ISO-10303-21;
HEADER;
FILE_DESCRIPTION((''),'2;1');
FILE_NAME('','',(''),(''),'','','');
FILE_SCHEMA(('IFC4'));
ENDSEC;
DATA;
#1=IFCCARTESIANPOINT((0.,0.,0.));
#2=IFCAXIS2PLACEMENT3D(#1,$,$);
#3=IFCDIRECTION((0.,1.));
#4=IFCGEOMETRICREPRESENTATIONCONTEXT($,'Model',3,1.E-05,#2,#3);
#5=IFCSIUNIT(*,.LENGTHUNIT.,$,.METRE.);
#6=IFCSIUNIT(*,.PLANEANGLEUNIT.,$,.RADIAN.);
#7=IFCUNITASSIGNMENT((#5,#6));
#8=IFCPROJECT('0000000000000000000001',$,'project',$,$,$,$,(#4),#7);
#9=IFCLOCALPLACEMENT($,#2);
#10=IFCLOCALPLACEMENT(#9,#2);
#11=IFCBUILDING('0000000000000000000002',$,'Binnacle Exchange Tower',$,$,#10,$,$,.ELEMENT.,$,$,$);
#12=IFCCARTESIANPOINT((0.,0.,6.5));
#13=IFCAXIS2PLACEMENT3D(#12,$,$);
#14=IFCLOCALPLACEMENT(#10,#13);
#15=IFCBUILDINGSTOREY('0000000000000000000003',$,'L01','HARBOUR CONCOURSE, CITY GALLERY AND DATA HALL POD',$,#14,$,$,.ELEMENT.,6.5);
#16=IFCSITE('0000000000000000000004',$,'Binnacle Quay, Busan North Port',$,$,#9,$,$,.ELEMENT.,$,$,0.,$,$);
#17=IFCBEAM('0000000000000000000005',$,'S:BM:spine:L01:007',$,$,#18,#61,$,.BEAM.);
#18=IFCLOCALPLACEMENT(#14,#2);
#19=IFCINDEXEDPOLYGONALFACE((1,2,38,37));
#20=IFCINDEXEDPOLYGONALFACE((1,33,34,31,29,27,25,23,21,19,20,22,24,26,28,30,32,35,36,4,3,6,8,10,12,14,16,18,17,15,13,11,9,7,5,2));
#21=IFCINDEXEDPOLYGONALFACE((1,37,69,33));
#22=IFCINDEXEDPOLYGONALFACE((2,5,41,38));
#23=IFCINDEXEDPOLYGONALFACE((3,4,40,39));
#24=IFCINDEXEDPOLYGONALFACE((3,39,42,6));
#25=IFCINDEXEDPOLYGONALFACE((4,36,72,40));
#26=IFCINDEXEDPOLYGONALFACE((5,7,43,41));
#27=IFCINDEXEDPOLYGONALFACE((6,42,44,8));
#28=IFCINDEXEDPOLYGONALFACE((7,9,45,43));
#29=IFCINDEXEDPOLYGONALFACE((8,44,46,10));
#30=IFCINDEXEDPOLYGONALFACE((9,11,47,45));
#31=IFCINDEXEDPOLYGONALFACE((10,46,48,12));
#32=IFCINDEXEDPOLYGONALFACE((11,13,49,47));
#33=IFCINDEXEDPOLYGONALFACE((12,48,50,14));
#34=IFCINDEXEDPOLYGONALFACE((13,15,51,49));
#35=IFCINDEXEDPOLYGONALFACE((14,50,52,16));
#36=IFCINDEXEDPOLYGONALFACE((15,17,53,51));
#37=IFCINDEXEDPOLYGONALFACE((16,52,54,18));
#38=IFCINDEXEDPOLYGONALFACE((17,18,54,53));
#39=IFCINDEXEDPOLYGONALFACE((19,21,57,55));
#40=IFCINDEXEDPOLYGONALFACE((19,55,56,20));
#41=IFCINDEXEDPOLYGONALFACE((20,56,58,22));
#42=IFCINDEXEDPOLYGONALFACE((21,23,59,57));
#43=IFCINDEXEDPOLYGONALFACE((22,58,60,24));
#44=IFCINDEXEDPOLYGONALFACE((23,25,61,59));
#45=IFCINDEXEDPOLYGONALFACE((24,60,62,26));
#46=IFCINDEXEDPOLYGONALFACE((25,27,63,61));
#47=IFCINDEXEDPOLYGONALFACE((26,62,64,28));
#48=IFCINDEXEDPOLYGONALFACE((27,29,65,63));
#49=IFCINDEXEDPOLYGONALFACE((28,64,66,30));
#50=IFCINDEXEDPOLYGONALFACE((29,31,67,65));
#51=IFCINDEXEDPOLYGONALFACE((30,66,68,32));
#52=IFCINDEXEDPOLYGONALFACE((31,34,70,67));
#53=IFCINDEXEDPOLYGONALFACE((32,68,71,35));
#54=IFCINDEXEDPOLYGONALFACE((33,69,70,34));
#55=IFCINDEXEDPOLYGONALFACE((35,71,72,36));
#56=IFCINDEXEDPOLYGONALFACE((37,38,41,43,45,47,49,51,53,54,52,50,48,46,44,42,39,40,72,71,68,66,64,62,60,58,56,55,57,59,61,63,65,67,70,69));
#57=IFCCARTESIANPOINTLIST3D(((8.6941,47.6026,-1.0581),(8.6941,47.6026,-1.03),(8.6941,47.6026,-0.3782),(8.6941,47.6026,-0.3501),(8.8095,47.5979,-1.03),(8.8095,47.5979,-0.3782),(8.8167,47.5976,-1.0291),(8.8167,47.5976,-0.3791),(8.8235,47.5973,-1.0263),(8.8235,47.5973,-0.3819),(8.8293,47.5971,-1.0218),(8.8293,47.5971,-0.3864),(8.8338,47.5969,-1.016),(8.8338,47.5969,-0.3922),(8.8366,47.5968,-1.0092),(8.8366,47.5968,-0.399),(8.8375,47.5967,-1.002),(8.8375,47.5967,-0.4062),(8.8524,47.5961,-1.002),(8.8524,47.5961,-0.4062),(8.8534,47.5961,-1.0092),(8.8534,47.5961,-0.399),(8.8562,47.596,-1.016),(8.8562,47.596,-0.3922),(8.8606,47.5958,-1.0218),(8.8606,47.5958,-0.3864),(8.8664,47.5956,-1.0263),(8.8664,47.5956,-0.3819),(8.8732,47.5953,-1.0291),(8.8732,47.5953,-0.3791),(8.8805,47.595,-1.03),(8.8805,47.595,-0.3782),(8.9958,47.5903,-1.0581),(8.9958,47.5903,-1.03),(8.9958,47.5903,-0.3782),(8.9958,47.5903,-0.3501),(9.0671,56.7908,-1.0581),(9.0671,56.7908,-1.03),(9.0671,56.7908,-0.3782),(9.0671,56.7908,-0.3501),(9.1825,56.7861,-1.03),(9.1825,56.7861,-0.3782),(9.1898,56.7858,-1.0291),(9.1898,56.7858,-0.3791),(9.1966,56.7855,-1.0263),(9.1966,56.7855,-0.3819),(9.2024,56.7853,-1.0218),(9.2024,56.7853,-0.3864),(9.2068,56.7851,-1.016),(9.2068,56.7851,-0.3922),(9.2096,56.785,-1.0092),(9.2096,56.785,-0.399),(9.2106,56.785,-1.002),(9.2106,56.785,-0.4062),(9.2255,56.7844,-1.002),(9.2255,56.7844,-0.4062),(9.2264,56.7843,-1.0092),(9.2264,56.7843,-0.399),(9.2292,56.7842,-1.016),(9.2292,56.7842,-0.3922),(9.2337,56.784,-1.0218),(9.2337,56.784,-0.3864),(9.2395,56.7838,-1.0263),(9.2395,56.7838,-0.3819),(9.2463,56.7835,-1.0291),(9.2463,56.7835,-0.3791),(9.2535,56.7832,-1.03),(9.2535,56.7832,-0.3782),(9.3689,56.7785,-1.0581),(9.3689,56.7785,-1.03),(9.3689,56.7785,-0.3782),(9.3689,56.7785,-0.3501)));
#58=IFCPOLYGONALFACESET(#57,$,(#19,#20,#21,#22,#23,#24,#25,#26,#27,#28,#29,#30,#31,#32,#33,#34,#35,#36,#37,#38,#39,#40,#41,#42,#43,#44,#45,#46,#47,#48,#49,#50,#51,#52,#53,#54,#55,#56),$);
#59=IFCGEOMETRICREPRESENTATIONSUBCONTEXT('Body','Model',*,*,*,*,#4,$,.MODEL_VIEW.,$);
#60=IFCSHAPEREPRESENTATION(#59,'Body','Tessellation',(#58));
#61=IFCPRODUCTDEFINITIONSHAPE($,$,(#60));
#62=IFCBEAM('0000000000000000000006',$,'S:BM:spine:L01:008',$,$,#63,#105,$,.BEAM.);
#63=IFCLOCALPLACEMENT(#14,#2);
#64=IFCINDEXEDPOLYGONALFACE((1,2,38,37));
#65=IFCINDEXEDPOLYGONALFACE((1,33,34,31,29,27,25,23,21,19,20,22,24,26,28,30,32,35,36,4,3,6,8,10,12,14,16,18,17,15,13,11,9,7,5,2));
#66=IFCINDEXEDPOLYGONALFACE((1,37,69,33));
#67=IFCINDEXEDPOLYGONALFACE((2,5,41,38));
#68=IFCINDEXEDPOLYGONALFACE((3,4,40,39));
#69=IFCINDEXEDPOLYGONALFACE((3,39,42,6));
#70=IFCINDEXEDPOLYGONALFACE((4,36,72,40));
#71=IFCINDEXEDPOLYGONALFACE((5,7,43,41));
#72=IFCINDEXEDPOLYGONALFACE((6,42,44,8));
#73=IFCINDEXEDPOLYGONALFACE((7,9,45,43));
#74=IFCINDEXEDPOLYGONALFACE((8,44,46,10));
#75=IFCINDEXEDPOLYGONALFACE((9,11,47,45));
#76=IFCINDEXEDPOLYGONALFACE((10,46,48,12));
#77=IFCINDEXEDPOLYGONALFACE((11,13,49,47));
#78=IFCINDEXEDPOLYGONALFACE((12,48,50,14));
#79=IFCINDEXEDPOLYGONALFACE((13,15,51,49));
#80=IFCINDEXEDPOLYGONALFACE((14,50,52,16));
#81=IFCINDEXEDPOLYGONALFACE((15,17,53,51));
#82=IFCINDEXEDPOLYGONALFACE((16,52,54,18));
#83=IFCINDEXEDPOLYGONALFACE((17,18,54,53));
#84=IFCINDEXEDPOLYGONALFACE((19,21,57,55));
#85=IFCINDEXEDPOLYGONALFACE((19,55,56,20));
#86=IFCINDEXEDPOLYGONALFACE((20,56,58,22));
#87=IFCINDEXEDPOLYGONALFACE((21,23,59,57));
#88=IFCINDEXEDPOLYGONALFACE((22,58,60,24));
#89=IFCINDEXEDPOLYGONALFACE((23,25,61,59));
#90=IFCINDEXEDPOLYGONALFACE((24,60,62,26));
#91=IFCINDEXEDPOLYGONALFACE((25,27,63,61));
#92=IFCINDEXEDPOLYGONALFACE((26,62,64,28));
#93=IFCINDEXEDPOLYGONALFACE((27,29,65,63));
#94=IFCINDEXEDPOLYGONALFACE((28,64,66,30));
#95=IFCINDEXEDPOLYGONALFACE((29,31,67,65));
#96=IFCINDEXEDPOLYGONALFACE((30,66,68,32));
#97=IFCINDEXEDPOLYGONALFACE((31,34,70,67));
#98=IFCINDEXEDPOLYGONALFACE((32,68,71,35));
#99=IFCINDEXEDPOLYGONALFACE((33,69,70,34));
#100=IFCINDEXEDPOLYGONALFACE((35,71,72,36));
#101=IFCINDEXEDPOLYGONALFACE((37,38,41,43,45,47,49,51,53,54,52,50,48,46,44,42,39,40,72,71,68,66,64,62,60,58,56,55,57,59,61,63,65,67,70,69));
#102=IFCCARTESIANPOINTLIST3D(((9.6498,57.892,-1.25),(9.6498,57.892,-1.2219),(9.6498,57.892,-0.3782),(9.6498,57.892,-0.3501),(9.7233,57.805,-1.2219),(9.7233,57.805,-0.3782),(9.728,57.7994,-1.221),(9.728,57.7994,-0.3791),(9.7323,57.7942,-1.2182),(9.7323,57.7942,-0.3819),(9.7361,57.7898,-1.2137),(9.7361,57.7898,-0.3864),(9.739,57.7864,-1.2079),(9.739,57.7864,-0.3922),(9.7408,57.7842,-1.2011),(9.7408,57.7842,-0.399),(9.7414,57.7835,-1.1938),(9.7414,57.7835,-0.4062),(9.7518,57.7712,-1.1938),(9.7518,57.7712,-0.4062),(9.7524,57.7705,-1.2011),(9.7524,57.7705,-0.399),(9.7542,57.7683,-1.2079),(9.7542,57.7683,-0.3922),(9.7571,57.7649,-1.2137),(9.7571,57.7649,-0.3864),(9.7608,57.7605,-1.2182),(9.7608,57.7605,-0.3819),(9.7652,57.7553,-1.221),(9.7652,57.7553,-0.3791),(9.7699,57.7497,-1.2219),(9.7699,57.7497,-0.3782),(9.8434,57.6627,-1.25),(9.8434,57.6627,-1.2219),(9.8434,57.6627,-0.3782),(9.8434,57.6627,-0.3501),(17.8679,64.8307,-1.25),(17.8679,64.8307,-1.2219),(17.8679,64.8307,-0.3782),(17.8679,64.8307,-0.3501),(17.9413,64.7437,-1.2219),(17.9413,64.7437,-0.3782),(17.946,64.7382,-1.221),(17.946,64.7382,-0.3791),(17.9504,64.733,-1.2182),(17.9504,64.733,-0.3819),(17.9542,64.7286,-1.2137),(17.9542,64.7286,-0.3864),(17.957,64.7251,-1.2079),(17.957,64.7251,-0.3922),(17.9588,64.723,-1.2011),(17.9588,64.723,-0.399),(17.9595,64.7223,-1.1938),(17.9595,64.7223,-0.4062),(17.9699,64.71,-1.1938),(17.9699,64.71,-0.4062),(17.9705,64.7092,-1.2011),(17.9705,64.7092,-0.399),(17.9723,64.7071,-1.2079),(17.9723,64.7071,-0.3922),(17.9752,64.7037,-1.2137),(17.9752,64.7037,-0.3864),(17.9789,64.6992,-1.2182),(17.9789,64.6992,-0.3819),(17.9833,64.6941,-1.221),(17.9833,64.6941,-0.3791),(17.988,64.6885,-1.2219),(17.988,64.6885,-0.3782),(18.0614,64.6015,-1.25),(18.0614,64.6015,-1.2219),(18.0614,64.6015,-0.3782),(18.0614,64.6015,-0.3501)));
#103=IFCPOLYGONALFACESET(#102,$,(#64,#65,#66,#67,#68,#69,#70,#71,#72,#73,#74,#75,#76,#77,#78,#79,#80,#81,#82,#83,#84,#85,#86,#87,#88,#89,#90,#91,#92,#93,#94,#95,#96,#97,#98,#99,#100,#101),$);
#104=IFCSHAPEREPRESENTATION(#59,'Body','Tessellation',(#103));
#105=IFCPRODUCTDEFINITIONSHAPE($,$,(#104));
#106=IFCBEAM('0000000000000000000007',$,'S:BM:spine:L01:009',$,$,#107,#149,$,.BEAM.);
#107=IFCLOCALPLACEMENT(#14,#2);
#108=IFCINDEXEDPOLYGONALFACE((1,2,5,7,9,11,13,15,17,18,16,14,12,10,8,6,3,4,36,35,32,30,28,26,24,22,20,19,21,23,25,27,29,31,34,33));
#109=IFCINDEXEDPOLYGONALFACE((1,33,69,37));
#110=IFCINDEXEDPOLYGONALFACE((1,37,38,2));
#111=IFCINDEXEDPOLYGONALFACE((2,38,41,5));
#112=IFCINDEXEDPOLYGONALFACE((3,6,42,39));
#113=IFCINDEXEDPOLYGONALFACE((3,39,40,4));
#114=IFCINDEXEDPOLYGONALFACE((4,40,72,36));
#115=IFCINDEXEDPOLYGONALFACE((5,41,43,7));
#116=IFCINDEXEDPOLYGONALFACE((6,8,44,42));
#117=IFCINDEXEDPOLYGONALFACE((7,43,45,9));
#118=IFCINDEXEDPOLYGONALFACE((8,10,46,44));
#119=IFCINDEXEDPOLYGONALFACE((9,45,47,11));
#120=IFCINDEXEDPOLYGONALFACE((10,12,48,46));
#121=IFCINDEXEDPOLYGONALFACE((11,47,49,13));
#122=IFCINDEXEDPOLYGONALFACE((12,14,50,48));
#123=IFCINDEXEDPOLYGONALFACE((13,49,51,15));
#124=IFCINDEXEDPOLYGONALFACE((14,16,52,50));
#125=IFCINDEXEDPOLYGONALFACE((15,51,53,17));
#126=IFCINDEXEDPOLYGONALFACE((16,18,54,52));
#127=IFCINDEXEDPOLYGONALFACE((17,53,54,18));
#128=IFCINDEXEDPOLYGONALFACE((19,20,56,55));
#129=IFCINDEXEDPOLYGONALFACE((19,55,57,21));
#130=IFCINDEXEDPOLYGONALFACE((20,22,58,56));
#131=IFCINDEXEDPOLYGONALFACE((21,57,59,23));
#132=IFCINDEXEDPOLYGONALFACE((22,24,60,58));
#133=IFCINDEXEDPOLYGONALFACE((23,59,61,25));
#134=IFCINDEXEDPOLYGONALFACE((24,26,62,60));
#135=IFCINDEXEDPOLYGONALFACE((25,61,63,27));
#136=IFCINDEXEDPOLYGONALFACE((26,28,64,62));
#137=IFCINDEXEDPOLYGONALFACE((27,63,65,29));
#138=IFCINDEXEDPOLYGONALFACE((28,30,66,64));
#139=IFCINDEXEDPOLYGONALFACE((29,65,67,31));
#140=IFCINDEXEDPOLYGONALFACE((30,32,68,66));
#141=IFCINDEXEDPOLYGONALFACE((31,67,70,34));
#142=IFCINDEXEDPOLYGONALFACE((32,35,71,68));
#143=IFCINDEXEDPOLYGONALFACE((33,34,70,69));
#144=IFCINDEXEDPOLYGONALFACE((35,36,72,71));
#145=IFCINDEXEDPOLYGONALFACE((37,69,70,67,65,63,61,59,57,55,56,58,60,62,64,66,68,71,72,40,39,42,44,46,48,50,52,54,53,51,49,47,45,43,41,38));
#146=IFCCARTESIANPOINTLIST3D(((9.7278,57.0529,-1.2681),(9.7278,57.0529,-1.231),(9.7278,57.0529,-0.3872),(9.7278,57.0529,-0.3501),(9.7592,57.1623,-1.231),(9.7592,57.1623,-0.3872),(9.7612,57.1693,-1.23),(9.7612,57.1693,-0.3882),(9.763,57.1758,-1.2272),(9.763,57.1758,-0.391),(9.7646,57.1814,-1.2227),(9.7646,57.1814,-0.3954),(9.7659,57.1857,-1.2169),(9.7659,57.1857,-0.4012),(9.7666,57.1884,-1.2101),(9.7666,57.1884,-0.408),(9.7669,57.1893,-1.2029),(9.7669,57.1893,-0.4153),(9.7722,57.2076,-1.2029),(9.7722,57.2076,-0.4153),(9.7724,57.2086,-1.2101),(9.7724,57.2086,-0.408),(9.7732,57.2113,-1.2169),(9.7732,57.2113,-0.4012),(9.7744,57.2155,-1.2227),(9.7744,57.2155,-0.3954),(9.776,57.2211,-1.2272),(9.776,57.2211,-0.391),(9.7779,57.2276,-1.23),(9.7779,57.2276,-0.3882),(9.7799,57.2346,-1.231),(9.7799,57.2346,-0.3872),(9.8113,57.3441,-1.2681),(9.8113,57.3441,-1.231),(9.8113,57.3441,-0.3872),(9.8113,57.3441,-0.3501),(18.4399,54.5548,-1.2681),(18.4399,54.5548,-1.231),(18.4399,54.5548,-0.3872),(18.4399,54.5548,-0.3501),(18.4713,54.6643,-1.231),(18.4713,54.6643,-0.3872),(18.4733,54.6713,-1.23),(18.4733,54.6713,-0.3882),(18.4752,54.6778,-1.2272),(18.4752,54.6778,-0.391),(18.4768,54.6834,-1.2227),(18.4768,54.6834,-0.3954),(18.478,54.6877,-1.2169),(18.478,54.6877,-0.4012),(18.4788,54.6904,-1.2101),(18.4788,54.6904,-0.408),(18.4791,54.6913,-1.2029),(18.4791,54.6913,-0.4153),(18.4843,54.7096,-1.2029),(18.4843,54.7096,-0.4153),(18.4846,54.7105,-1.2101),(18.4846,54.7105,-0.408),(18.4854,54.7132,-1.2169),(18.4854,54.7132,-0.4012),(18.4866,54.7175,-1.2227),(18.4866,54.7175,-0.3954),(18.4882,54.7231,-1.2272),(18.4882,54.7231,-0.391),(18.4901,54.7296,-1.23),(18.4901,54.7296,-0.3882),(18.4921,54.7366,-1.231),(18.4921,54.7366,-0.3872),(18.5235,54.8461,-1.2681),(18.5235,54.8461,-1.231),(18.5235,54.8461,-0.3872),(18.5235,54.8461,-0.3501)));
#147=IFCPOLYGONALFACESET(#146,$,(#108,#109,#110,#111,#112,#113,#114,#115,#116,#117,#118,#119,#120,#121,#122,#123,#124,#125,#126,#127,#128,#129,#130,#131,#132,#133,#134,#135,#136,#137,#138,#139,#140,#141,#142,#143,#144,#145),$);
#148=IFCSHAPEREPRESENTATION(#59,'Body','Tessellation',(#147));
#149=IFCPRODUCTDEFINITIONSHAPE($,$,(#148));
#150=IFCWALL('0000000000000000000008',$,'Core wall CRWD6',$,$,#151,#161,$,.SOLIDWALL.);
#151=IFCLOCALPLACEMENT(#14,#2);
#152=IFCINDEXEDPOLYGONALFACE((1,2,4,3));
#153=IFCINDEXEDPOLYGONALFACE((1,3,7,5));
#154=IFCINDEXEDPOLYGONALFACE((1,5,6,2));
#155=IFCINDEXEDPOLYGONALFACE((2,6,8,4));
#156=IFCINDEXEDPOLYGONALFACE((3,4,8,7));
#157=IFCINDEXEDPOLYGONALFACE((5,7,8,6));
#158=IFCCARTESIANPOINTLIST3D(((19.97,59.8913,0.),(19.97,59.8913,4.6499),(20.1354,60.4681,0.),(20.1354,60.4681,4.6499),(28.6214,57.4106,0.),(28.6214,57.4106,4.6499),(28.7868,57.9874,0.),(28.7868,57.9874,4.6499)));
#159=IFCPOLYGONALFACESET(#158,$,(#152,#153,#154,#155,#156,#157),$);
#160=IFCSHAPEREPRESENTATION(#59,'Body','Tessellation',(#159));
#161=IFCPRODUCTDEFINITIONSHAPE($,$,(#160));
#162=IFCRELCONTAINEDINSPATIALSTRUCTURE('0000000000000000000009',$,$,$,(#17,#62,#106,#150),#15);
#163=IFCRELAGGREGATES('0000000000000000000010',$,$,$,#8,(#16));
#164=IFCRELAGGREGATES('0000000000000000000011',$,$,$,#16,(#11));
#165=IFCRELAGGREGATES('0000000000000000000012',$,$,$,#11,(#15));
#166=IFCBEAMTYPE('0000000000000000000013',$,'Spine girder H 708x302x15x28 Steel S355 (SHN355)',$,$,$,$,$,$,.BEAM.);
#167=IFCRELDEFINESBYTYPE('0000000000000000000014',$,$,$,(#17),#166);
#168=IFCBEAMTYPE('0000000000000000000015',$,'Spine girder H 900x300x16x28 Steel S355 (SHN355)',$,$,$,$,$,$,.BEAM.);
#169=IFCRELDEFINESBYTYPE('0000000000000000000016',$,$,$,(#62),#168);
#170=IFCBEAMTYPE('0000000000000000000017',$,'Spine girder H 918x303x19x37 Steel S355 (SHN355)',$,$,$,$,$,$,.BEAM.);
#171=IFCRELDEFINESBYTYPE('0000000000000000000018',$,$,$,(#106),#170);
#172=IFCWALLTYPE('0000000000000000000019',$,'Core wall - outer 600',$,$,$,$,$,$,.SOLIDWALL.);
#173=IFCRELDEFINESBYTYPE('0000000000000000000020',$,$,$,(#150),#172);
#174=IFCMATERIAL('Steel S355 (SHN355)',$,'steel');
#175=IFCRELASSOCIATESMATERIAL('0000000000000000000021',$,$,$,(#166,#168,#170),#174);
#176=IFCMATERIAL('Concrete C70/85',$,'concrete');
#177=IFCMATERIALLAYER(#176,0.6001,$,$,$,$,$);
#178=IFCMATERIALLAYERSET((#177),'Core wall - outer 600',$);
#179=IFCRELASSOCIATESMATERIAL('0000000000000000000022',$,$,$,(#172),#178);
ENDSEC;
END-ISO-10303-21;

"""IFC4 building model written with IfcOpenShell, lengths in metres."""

from ifc_helpers import new_model, si_unit, direction, frame, frame_2d, origin, origin_2d, place, context, subcontext, project, spatial, rectangle, i_section, extrude, material, layer, layer_set, material_profile, profile_set, type_object, element, save


model = new_model("IFC4")

# Units and contexts
model_context = context("Model", 3, precision=1e-05, world=origin(), true_north=direction((0.0, 1.0)))
body_context = subcontext(model_context, "Body", "Model", "MODEL_VIEW")
ifc_project = project(units=[si_unit("LENGTHUNIT", "METRE"), si_unit("PLANEANGLEUNIT", "RADIAN")], contexts=[model_context])

# Site, building, storey
site_placement = place(None, origin())
site = spatial("IfcSite", under=ifc_project, at=site_placement, Name="Binnacle Quay, Busan North Port", CompositionType="ELEMENT", RefElevation=0.0)
building_placement = place(site_placement, origin())
building = spatial("IfcBuilding", under=site, at=building_placement, Name="Binnacle Exchange Tower", CompositionType="ELEMENT")
storey_placement = place(building_placement, frame((0.0, 0.0, 6.5)))
storey = spatial("IfcBuildingStorey", under=building, at=storey_placement, Name="L01", Description="HARBOUR CONCOURSE, CITY GALLERY AND DATA HALL POD", CompositionType="ELEMENT", Elevation=6.5)

# Shared definitions
ifc_material_1 = material(Name="Concrete C70/85", Category="concrete")

# Beams
ifc_material_2 = material(Name="Steel S355 (SHN355)", Category="steel")
ifc_material_profile_1 = material_profile(ifc_material_2, i_section(OverallWidth=0.302, OverallDepth=0.708, WebThickness=0.0149, FlangeThickness=0.0281, FilletRadius=0.0281, at=origin_2d()), Name="H 708x302x15x28")
ifc_profile_set_1 = profile_set([ifc_material_profile_1], Name="Steel S355 (SHN355)")
beam_type_1 = type_object("IfcBeamType", Name="Spine girder H 708x302x15x28 Steel S355 (SHN355)", PredefinedType="BEAM", material=ifc_profile_set_1)
beam_1_placement = place(storey_placement, frame((9.218, 56.7847, -0.7041), z_axis=(-0.040567, -0.999177, 0.0), x_axis=(0.999177, -0.040567, 0.0)))
element("IfcBeam", 1, at=beam_1_placement, inside=storey, type_object=beam_type_1, Name="S:BM:spine:L01:007", PredefinedType="BEAM", context=body_context, shape_type="SweptSolid", body=[
    extrude(i_section(OverallWidth=0.302, OverallDepth=0.708, WebThickness=0.0149, FlangeThickness=0.0281, FilletRadius=0.0281, at=origin_2d()), origin(), (0.0, 0.0, 1.0), 9.1958),
])
ifc_material_profile_2 = material_profile(ifc_material_2, i_section(OverallWidth=0.3, OverallDepth=0.8999, WebThickness=0.0161, FlangeThickness=0.0281, FilletRadius=0.0281, at=origin_2d()), Name="H 900x300x16x28")
ifc_profile_set_2 = profile_set([ifc_material_profile_2], Name="Steel S355 (SHN355)")
beam_type_2 = type_object("IfcBeamType", Name="Spine girder H 900x300x16x28 Steel S355 (SHN355)", PredefinedType="BEAM", material=ifc_profile_set_2)
beam_2_placement = place(storey_placement, frame((9.7466, 57.7773, -0.8), z_axis=(0.764073, 0.64513, 0.0), x_axis=(-0.64513, 0.764073, 0.0)))
element("IfcBeam", 2, at=beam_2_placement, inside=storey, type_object=beam_type_2, Name="S:BM:spine:L01:008", PredefinedType="BEAM", context=body_context, shape_type="SweptSolid", body=[
    extrude(i_section(OverallWidth=0.3, OverallDepth=0.8999, WebThickness=0.0161, FlangeThickness=0.0281, FilletRadius=0.0281, at=origin_2d()), origin(), (0.0, 0.0, 1.0), 10.7556),
])
ifc_material_profile_3 = material_profile(ifc_material_2, i_section(OverallWidth=0.303, OverallDepth=0.918, WebThickness=0.019, FlangeThickness=0.0371, FilletRadius=0.0281, at=origin_2d()), Name="H 918x303x19x37")
ifc_profile_set_3 = profile_set([ifc_material_profile_3], Name="Steel S355 (SHN355)")
beam_type_3 = type_object("IfcBeamType", Name="Spine girder H 918x303x19x37 Steel S355 (SHN355)", PredefinedType="BEAM", material=ifc_profile_set_3)
beam_3_placement = place(storey_placement, frame((9.7695, 57.1985, -0.8091), z_axis=(0.961265, -0.275625, 0.0), x_axis=(0.275625, 0.961265, 0.0)))
element("IfcBeam", 3, at=beam_3_placement, inside=storey, type_object=beam_type_3, Name="S:BM:spine:L01:009", PredefinedType="BEAM", context=body_context, shape_type="SweptSolid", body=[
    extrude(i_section(OverallWidth=0.303, OverallDepth=0.918, WebThickness=0.019, FlangeThickness=0.0371, FilletRadius=0.0281, at=origin_2d()), origin(), (0.0, 0.0, 1.0), 9.0632),
])

# Wall
ifc_layer_1 = layer(ifc_material_1, 0.6001)
ifc_layer_set_1 = layer_set([ifc_layer_1], Name="Core wall - outer 600")
wall_type_1 = type_object("IfcWallType", Name="Core wall - outer 600", PredefinedType="SOLIDWALL", material=ifc_layer_set_1)
wall_1_placement = place(storey_placement, frame((20.0527, 60.1797, 0.0), z_axis=(0.0, 0.0, 1.0), x_axis=(0.961262, -0.275635, 0.0)))
element("IfcWall", 4, at=wall_1_placement, inside=storey, type_object=wall_type_1, Name="Core wall CRWD6", PredefinedType="SOLIDWALL", context=body_context, shape_type="SweptSolid", body=[
    extrude(rectangle(XDim=9.0, YDim=0.6001, at=frame_2d((4.5, 0.0))), origin(), (0.0, 0.0, 1.0), 4.6499),
])

save(model, "model.ifc")
